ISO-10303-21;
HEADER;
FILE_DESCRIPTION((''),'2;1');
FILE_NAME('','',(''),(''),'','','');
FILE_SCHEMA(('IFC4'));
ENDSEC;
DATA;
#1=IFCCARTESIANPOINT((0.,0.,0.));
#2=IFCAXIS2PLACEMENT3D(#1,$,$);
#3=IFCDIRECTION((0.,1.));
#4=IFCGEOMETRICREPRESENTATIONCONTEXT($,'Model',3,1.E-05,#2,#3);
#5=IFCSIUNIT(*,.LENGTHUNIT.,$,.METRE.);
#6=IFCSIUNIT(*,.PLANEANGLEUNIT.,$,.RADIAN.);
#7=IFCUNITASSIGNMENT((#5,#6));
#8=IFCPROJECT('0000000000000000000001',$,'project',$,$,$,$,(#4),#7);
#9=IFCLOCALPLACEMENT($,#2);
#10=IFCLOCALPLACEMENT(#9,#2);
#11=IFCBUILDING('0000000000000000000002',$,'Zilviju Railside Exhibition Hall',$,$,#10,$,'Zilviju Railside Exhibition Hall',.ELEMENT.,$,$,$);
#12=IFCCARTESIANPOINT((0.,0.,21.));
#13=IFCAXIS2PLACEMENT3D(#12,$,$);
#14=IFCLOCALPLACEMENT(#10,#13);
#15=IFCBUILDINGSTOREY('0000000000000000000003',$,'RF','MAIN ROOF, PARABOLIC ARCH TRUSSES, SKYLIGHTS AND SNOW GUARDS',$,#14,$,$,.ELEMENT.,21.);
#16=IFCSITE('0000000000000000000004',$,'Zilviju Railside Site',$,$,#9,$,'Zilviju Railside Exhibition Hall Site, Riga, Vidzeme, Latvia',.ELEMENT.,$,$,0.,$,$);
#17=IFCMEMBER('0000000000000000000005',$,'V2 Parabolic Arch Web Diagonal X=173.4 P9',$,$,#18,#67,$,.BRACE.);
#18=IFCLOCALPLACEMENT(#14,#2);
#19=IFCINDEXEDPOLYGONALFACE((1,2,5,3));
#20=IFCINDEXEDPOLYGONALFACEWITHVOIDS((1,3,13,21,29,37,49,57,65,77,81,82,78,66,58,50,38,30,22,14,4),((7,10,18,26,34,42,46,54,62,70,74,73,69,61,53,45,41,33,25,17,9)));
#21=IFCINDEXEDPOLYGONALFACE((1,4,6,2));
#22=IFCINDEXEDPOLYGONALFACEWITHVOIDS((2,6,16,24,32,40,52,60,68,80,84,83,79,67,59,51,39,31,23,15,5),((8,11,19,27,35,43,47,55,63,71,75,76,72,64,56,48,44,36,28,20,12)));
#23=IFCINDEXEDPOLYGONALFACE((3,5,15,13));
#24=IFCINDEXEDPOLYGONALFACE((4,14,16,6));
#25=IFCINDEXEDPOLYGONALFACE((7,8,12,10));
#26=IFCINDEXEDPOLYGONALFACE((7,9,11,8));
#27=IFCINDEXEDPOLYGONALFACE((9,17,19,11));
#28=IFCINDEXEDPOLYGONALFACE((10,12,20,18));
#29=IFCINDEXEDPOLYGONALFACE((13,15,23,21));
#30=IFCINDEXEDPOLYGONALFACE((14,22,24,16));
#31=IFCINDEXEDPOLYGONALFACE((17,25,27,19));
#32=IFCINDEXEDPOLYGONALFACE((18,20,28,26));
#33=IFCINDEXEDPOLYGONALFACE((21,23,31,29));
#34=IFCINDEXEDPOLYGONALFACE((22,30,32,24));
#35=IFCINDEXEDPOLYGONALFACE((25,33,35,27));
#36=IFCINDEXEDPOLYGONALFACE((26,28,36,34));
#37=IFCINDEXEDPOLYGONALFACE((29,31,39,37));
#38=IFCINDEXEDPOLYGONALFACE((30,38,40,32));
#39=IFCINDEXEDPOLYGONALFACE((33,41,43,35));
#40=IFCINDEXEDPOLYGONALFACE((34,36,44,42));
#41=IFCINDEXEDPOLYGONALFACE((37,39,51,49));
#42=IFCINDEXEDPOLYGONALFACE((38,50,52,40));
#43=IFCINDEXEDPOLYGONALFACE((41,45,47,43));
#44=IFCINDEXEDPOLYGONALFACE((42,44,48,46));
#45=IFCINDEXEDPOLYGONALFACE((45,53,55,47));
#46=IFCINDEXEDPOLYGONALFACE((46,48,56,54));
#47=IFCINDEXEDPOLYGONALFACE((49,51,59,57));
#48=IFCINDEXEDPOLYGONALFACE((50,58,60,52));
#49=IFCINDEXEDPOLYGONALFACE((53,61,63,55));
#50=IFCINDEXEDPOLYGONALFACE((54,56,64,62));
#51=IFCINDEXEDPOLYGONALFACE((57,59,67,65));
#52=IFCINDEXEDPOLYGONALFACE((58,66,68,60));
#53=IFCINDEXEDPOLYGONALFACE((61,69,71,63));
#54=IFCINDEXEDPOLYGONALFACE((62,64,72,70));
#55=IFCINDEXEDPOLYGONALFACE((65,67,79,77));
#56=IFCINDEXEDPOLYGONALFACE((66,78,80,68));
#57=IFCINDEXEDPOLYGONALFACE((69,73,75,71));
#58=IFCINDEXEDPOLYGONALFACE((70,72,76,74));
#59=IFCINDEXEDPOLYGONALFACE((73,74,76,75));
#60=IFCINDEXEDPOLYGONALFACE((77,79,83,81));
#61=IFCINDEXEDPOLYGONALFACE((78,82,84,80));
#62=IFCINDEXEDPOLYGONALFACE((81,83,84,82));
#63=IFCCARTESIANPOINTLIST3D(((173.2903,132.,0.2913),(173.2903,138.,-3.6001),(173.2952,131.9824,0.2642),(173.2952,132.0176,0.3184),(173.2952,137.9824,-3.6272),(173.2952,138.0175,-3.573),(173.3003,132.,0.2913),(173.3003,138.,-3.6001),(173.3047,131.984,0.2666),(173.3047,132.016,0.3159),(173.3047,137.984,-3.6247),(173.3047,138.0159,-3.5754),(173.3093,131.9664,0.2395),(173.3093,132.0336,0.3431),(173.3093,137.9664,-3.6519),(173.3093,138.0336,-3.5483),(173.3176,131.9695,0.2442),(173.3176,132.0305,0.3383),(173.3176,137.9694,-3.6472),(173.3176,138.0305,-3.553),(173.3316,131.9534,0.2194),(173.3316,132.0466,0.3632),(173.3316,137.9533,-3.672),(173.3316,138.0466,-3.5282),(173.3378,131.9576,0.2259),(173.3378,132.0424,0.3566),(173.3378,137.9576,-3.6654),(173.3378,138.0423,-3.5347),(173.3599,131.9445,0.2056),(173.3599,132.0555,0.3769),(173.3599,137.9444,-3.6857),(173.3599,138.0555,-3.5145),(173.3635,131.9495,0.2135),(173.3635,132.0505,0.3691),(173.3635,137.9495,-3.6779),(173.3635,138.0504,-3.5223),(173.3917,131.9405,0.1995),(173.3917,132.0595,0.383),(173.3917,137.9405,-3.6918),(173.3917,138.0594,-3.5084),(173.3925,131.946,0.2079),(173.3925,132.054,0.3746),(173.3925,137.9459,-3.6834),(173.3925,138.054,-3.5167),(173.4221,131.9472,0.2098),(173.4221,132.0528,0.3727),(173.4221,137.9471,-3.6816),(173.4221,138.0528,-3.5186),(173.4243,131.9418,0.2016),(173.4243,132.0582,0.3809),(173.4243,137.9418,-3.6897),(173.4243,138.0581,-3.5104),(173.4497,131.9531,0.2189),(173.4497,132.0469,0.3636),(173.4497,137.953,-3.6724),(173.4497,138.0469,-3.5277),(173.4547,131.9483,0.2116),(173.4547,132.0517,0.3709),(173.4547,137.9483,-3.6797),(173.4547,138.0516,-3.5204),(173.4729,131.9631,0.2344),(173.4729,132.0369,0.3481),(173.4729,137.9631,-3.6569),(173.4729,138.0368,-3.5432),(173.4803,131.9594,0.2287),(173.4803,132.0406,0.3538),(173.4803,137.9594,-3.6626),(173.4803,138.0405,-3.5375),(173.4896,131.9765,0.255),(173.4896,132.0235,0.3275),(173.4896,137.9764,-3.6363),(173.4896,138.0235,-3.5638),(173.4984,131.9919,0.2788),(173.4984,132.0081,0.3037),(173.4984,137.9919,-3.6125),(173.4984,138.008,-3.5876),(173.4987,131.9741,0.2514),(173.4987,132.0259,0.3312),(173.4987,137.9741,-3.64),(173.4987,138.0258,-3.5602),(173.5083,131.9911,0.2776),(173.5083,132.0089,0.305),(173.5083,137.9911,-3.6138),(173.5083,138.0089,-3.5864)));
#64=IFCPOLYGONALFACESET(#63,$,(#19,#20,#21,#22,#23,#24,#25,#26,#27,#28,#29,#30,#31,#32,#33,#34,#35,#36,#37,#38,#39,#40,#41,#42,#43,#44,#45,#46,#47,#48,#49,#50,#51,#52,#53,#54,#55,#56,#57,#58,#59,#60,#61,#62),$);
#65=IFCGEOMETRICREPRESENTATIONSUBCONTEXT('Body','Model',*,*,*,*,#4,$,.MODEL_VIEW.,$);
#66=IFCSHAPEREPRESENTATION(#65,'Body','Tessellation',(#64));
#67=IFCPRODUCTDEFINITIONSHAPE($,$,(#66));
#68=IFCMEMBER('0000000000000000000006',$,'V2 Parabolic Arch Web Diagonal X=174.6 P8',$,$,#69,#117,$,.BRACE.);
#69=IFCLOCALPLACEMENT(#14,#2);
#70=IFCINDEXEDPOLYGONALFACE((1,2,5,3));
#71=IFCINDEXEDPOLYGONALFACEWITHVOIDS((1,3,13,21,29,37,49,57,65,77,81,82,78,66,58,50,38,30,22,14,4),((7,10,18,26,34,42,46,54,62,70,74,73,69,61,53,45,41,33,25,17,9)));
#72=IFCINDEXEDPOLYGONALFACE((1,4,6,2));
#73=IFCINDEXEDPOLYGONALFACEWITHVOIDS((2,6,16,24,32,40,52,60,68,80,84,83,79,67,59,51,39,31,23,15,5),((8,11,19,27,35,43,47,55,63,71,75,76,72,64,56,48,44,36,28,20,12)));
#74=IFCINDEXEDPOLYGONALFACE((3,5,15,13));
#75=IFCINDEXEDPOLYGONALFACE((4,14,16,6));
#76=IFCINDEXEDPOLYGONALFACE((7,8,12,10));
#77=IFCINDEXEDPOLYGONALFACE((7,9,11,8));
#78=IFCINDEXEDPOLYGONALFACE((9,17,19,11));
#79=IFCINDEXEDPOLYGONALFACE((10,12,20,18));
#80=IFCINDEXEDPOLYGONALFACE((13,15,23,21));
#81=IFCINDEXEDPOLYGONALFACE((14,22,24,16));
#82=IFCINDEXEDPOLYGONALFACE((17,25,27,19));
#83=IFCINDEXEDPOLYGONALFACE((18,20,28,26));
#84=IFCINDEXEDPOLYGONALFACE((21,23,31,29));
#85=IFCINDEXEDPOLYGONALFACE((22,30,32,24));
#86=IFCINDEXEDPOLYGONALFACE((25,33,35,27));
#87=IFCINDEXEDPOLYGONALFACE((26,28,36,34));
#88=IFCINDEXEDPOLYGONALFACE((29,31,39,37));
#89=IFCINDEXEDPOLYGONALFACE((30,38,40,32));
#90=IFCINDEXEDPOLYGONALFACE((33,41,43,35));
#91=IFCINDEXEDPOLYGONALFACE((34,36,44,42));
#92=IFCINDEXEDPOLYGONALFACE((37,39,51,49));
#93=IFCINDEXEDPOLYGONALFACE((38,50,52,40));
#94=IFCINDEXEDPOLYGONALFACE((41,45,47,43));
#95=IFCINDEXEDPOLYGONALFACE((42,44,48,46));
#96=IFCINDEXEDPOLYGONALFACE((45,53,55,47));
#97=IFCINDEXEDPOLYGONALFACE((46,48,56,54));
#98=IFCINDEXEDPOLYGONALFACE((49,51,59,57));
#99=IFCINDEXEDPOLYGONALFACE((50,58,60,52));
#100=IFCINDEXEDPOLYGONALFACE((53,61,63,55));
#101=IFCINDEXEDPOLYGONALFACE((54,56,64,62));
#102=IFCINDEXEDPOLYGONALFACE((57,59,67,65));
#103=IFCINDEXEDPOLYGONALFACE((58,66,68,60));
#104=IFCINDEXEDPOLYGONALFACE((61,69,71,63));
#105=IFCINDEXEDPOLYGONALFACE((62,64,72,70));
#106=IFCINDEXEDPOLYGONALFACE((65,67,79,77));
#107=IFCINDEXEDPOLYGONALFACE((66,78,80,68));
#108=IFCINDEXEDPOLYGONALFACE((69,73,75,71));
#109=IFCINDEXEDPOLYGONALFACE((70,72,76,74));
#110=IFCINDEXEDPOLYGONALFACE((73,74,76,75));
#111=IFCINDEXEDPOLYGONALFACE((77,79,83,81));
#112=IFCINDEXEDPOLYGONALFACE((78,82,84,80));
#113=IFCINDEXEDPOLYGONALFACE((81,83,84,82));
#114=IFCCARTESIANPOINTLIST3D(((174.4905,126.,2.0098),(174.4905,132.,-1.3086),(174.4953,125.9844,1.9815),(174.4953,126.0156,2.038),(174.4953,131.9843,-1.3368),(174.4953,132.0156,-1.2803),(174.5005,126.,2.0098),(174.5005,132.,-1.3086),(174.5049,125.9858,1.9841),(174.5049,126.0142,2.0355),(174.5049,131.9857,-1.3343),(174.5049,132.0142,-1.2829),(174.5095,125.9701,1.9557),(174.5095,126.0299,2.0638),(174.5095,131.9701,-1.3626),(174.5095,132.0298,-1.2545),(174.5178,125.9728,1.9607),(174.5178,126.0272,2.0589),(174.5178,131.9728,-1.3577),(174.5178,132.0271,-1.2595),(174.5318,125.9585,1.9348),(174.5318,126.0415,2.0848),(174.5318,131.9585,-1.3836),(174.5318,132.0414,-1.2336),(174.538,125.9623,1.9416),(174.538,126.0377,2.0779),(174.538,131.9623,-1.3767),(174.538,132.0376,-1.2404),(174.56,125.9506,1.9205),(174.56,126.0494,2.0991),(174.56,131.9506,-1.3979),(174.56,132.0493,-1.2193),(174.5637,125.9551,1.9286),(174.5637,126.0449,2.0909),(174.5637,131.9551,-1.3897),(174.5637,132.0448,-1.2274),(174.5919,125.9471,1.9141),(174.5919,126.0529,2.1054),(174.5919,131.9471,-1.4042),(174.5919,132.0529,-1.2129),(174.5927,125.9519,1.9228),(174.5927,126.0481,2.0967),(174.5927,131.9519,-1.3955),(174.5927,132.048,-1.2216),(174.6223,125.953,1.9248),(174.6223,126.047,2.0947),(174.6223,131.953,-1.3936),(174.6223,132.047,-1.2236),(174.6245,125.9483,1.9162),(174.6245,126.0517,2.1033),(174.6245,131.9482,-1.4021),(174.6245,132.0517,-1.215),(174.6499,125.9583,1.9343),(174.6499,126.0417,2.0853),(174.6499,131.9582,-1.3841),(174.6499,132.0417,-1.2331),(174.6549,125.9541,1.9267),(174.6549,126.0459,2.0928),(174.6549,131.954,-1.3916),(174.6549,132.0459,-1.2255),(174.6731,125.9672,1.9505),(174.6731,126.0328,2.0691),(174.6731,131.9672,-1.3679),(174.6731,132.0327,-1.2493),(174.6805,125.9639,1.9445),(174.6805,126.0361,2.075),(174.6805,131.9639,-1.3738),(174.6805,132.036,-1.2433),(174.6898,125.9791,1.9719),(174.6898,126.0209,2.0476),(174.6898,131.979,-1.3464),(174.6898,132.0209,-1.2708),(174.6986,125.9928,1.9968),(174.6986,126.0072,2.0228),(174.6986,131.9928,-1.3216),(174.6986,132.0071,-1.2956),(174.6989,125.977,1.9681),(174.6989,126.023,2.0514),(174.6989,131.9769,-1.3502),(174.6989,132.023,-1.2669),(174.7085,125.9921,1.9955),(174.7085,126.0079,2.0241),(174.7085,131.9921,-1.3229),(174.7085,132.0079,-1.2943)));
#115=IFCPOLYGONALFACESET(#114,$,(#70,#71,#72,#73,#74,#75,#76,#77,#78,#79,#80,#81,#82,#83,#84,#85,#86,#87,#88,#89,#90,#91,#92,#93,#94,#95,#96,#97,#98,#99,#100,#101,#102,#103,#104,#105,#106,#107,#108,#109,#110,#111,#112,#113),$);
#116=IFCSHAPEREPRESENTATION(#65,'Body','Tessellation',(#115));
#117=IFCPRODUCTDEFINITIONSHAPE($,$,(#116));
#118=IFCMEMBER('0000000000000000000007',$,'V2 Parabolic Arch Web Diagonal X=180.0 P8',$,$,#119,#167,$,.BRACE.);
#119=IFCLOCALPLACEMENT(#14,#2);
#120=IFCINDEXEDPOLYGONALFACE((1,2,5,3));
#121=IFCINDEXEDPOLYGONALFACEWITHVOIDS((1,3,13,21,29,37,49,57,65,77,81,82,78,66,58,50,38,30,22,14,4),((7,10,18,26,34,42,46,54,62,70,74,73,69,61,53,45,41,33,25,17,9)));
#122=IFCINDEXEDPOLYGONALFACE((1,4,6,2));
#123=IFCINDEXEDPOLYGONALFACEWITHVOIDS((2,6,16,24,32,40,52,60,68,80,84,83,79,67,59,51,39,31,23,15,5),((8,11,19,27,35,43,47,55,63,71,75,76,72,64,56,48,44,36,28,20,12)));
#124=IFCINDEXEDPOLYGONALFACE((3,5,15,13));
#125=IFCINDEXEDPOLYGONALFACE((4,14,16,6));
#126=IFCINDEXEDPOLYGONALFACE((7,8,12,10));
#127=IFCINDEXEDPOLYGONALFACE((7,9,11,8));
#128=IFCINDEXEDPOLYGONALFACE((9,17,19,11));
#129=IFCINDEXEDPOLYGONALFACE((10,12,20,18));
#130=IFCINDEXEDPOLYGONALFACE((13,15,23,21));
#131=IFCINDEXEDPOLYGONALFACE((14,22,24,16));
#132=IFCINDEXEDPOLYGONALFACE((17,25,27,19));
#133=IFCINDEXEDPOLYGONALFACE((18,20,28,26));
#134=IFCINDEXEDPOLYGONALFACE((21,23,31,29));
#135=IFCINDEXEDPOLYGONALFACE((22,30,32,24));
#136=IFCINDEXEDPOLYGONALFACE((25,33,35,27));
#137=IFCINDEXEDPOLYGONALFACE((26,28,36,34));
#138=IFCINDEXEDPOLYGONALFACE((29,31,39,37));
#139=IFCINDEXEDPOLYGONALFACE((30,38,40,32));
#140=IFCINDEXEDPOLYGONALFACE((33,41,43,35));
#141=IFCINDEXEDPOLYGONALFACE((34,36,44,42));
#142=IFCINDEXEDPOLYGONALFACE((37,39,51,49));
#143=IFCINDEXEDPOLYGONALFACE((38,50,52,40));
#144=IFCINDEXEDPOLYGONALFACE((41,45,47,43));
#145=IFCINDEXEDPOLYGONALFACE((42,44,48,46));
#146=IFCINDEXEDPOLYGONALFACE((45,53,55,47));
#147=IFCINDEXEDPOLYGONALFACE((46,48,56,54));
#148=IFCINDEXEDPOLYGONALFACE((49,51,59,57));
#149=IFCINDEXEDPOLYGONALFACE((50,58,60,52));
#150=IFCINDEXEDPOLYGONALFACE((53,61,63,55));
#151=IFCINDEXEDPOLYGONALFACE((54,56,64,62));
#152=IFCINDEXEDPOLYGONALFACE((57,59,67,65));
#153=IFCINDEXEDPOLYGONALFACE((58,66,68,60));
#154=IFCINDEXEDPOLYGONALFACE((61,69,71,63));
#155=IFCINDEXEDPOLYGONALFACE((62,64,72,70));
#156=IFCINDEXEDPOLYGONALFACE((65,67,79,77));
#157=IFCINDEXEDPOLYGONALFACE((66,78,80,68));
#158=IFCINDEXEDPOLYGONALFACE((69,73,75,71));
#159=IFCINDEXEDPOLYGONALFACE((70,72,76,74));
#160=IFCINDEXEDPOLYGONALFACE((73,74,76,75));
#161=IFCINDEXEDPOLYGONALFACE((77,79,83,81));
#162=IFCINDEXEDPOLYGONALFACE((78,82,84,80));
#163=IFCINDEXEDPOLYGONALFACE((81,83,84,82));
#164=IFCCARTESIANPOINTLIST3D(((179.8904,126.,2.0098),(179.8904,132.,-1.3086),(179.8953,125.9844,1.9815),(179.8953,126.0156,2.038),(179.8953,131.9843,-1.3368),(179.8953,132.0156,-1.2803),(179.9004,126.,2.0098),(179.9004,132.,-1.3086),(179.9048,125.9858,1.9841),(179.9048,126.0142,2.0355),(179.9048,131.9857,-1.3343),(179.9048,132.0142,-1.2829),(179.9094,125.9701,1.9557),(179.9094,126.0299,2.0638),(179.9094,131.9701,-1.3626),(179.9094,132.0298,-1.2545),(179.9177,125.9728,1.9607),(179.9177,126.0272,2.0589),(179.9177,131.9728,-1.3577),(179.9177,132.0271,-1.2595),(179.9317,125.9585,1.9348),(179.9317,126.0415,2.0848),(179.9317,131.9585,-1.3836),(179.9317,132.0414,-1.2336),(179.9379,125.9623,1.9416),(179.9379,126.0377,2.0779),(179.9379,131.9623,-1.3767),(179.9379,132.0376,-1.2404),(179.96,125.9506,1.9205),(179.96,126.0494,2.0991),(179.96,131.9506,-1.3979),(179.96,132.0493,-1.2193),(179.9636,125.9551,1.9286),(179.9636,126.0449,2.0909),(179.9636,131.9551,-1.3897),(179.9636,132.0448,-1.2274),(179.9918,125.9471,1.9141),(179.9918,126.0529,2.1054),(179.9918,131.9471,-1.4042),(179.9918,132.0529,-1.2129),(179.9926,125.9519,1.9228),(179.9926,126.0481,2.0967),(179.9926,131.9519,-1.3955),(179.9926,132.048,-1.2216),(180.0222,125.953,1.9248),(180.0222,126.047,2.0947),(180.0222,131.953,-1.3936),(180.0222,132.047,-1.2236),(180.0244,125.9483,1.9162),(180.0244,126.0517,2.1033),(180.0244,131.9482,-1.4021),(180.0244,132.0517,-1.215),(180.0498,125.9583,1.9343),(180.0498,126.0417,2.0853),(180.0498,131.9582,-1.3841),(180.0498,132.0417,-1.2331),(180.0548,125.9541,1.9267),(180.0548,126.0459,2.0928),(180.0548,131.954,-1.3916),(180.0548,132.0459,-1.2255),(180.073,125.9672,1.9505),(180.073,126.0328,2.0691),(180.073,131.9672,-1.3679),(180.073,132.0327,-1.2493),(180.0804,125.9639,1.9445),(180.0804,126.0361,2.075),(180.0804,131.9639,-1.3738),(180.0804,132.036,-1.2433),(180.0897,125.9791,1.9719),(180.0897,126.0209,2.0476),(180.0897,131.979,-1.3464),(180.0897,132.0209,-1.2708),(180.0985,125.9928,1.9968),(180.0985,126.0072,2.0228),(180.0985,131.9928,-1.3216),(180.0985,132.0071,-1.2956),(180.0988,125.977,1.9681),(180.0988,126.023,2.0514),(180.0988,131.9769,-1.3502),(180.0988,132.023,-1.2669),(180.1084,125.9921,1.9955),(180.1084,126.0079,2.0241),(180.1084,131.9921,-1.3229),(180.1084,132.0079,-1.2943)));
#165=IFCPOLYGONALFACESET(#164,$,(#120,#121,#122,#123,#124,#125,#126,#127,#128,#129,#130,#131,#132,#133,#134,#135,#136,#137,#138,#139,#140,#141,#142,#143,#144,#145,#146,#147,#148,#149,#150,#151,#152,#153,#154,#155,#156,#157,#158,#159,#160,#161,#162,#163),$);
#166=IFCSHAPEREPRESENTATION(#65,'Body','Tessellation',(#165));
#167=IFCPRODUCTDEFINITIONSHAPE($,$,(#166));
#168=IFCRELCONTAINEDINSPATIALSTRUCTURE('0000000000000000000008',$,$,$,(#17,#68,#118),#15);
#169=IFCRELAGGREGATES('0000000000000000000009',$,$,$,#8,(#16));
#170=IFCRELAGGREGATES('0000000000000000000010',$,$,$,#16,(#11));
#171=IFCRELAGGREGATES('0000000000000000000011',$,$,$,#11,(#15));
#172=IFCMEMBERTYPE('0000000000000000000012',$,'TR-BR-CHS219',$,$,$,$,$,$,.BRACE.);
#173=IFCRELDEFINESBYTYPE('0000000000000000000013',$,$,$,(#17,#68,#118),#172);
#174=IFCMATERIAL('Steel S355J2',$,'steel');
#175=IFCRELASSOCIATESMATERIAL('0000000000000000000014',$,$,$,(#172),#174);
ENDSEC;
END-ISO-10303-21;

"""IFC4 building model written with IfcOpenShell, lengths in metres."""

from ifc_helpers import new_model, si_unit, direction, frame, origin, origin_2d, place, context, subcontext, project, spatial, hollow_circle, extrude, material, material_profile, profile_set, type_object, element, save


model = new_model("IFC4")

# Units and contexts
model_context = context("Model", 3, precision=1e-05, world=origin(), true_north=direction((0.0, 1.0)))
body_context = subcontext(model_context, "Body", "Model", "MODEL_VIEW")
ifc_project = project(units=[si_unit("LENGTHUNIT", "METRE"), si_unit("PLANEANGLEUNIT", "RADIAN")], contexts=[model_context])

# Site, building, storey
site_placement = place(None, origin())
site = spatial("IfcSite", under=ifc_project, at=site_placement, Name="Zilviju Railside Site", LongName="Zilviju Railside Exhibition Hall Site, Riga, Vidzeme, Latvia", CompositionType="ELEMENT", RefElevation=0.0)
building_placement = place(site_placement, origin())
building = spatial("IfcBuilding", under=site, at=building_placement, Name="Zilviju Railside Exhibition Hall", LongName="Zilviju Railside Exhibition Hall", CompositionType="ELEMENT")
storey_placement = place(building_placement, frame((0.0, 0.0, 21.0)))
storey = spatial("IfcBuildingStorey", under=building, at=storey_placement, Name="RF", Description="MAIN ROOF, PARABOLIC ARCH TRUSSES, SKYLIGHTS AND SNOW GUARDS", CompositionType="ELEMENT", Elevation=21.0)

# Members
ifc_material_1 = material(Name="Steel S355J2", Category="steel")
ifc_material_profile_1 = material_profile(ifc_material_1, hollow_circle(Radius=0.1096, WallThickness=0.01, at=origin_2d()), Name="CHS 219.1x10.0")
ifc_profile_set_1 = profile_set([ifc_material_profile_1], Name="Steel S355J2")
member_type_1 = type_object("IfcMemberType", Name="TR-BR-CHS219", PredefinedType="BRACE", material=ifc_profile_set_1)
member_1_placement = place(storey_placement, frame((173.3999, 132.0, 0.2913), z_axis=(0.0, 0.838995, -0.544139), x_axis=(-1.0, 0.0, 0.0)))
element("IfcMember", 1, at=member_1_placement, inside=storey, type_object=member_type_1, Name="V2 Parabolic Arch Web Diagonal X=173.4 P9", PredefinedType="BRACE", context=body_context, shape_type="SweptSolid", body=[
    extrude(hollow_circle(Radius=0.1096, WallThickness=0.01, at=origin_2d()), origin(), (0.0, 0.0, 1.0), 7.1514),
])
for number, where, z_axis, x_axis, name in (
    (2, (174.6001, 126.0, 2.0098), (0.0, 0.875083, -0.483973), (-1.0, 0.0, 0.0), "V2 Parabolic Arch Web Diagonal X=174.6 P8"),
    (3, (180.0, 126.0, 2.0098), (0.0, 0.875083, -0.483973), (-1.0, 0.0, 0.0), "V2 Parabolic Arch Web Diagonal X=180.0 P8"),
):
    element("IfcMember", number, at=place(storey_placement, frame(where, z_axis=z_axis, x_axis=x_axis)), inside=storey, type_object=member_type_1, Name=name, PredefinedType="BRACE", context=body_context, shape_type="SweptSolid", body=[
        extrude(hollow_circle(Radius=0.1096, WallThickness=0.01, at=origin_2d()), origin(), (0.0, 0.0, 1.0), 6.8564),
    ])

save(model, "model.ifc")
